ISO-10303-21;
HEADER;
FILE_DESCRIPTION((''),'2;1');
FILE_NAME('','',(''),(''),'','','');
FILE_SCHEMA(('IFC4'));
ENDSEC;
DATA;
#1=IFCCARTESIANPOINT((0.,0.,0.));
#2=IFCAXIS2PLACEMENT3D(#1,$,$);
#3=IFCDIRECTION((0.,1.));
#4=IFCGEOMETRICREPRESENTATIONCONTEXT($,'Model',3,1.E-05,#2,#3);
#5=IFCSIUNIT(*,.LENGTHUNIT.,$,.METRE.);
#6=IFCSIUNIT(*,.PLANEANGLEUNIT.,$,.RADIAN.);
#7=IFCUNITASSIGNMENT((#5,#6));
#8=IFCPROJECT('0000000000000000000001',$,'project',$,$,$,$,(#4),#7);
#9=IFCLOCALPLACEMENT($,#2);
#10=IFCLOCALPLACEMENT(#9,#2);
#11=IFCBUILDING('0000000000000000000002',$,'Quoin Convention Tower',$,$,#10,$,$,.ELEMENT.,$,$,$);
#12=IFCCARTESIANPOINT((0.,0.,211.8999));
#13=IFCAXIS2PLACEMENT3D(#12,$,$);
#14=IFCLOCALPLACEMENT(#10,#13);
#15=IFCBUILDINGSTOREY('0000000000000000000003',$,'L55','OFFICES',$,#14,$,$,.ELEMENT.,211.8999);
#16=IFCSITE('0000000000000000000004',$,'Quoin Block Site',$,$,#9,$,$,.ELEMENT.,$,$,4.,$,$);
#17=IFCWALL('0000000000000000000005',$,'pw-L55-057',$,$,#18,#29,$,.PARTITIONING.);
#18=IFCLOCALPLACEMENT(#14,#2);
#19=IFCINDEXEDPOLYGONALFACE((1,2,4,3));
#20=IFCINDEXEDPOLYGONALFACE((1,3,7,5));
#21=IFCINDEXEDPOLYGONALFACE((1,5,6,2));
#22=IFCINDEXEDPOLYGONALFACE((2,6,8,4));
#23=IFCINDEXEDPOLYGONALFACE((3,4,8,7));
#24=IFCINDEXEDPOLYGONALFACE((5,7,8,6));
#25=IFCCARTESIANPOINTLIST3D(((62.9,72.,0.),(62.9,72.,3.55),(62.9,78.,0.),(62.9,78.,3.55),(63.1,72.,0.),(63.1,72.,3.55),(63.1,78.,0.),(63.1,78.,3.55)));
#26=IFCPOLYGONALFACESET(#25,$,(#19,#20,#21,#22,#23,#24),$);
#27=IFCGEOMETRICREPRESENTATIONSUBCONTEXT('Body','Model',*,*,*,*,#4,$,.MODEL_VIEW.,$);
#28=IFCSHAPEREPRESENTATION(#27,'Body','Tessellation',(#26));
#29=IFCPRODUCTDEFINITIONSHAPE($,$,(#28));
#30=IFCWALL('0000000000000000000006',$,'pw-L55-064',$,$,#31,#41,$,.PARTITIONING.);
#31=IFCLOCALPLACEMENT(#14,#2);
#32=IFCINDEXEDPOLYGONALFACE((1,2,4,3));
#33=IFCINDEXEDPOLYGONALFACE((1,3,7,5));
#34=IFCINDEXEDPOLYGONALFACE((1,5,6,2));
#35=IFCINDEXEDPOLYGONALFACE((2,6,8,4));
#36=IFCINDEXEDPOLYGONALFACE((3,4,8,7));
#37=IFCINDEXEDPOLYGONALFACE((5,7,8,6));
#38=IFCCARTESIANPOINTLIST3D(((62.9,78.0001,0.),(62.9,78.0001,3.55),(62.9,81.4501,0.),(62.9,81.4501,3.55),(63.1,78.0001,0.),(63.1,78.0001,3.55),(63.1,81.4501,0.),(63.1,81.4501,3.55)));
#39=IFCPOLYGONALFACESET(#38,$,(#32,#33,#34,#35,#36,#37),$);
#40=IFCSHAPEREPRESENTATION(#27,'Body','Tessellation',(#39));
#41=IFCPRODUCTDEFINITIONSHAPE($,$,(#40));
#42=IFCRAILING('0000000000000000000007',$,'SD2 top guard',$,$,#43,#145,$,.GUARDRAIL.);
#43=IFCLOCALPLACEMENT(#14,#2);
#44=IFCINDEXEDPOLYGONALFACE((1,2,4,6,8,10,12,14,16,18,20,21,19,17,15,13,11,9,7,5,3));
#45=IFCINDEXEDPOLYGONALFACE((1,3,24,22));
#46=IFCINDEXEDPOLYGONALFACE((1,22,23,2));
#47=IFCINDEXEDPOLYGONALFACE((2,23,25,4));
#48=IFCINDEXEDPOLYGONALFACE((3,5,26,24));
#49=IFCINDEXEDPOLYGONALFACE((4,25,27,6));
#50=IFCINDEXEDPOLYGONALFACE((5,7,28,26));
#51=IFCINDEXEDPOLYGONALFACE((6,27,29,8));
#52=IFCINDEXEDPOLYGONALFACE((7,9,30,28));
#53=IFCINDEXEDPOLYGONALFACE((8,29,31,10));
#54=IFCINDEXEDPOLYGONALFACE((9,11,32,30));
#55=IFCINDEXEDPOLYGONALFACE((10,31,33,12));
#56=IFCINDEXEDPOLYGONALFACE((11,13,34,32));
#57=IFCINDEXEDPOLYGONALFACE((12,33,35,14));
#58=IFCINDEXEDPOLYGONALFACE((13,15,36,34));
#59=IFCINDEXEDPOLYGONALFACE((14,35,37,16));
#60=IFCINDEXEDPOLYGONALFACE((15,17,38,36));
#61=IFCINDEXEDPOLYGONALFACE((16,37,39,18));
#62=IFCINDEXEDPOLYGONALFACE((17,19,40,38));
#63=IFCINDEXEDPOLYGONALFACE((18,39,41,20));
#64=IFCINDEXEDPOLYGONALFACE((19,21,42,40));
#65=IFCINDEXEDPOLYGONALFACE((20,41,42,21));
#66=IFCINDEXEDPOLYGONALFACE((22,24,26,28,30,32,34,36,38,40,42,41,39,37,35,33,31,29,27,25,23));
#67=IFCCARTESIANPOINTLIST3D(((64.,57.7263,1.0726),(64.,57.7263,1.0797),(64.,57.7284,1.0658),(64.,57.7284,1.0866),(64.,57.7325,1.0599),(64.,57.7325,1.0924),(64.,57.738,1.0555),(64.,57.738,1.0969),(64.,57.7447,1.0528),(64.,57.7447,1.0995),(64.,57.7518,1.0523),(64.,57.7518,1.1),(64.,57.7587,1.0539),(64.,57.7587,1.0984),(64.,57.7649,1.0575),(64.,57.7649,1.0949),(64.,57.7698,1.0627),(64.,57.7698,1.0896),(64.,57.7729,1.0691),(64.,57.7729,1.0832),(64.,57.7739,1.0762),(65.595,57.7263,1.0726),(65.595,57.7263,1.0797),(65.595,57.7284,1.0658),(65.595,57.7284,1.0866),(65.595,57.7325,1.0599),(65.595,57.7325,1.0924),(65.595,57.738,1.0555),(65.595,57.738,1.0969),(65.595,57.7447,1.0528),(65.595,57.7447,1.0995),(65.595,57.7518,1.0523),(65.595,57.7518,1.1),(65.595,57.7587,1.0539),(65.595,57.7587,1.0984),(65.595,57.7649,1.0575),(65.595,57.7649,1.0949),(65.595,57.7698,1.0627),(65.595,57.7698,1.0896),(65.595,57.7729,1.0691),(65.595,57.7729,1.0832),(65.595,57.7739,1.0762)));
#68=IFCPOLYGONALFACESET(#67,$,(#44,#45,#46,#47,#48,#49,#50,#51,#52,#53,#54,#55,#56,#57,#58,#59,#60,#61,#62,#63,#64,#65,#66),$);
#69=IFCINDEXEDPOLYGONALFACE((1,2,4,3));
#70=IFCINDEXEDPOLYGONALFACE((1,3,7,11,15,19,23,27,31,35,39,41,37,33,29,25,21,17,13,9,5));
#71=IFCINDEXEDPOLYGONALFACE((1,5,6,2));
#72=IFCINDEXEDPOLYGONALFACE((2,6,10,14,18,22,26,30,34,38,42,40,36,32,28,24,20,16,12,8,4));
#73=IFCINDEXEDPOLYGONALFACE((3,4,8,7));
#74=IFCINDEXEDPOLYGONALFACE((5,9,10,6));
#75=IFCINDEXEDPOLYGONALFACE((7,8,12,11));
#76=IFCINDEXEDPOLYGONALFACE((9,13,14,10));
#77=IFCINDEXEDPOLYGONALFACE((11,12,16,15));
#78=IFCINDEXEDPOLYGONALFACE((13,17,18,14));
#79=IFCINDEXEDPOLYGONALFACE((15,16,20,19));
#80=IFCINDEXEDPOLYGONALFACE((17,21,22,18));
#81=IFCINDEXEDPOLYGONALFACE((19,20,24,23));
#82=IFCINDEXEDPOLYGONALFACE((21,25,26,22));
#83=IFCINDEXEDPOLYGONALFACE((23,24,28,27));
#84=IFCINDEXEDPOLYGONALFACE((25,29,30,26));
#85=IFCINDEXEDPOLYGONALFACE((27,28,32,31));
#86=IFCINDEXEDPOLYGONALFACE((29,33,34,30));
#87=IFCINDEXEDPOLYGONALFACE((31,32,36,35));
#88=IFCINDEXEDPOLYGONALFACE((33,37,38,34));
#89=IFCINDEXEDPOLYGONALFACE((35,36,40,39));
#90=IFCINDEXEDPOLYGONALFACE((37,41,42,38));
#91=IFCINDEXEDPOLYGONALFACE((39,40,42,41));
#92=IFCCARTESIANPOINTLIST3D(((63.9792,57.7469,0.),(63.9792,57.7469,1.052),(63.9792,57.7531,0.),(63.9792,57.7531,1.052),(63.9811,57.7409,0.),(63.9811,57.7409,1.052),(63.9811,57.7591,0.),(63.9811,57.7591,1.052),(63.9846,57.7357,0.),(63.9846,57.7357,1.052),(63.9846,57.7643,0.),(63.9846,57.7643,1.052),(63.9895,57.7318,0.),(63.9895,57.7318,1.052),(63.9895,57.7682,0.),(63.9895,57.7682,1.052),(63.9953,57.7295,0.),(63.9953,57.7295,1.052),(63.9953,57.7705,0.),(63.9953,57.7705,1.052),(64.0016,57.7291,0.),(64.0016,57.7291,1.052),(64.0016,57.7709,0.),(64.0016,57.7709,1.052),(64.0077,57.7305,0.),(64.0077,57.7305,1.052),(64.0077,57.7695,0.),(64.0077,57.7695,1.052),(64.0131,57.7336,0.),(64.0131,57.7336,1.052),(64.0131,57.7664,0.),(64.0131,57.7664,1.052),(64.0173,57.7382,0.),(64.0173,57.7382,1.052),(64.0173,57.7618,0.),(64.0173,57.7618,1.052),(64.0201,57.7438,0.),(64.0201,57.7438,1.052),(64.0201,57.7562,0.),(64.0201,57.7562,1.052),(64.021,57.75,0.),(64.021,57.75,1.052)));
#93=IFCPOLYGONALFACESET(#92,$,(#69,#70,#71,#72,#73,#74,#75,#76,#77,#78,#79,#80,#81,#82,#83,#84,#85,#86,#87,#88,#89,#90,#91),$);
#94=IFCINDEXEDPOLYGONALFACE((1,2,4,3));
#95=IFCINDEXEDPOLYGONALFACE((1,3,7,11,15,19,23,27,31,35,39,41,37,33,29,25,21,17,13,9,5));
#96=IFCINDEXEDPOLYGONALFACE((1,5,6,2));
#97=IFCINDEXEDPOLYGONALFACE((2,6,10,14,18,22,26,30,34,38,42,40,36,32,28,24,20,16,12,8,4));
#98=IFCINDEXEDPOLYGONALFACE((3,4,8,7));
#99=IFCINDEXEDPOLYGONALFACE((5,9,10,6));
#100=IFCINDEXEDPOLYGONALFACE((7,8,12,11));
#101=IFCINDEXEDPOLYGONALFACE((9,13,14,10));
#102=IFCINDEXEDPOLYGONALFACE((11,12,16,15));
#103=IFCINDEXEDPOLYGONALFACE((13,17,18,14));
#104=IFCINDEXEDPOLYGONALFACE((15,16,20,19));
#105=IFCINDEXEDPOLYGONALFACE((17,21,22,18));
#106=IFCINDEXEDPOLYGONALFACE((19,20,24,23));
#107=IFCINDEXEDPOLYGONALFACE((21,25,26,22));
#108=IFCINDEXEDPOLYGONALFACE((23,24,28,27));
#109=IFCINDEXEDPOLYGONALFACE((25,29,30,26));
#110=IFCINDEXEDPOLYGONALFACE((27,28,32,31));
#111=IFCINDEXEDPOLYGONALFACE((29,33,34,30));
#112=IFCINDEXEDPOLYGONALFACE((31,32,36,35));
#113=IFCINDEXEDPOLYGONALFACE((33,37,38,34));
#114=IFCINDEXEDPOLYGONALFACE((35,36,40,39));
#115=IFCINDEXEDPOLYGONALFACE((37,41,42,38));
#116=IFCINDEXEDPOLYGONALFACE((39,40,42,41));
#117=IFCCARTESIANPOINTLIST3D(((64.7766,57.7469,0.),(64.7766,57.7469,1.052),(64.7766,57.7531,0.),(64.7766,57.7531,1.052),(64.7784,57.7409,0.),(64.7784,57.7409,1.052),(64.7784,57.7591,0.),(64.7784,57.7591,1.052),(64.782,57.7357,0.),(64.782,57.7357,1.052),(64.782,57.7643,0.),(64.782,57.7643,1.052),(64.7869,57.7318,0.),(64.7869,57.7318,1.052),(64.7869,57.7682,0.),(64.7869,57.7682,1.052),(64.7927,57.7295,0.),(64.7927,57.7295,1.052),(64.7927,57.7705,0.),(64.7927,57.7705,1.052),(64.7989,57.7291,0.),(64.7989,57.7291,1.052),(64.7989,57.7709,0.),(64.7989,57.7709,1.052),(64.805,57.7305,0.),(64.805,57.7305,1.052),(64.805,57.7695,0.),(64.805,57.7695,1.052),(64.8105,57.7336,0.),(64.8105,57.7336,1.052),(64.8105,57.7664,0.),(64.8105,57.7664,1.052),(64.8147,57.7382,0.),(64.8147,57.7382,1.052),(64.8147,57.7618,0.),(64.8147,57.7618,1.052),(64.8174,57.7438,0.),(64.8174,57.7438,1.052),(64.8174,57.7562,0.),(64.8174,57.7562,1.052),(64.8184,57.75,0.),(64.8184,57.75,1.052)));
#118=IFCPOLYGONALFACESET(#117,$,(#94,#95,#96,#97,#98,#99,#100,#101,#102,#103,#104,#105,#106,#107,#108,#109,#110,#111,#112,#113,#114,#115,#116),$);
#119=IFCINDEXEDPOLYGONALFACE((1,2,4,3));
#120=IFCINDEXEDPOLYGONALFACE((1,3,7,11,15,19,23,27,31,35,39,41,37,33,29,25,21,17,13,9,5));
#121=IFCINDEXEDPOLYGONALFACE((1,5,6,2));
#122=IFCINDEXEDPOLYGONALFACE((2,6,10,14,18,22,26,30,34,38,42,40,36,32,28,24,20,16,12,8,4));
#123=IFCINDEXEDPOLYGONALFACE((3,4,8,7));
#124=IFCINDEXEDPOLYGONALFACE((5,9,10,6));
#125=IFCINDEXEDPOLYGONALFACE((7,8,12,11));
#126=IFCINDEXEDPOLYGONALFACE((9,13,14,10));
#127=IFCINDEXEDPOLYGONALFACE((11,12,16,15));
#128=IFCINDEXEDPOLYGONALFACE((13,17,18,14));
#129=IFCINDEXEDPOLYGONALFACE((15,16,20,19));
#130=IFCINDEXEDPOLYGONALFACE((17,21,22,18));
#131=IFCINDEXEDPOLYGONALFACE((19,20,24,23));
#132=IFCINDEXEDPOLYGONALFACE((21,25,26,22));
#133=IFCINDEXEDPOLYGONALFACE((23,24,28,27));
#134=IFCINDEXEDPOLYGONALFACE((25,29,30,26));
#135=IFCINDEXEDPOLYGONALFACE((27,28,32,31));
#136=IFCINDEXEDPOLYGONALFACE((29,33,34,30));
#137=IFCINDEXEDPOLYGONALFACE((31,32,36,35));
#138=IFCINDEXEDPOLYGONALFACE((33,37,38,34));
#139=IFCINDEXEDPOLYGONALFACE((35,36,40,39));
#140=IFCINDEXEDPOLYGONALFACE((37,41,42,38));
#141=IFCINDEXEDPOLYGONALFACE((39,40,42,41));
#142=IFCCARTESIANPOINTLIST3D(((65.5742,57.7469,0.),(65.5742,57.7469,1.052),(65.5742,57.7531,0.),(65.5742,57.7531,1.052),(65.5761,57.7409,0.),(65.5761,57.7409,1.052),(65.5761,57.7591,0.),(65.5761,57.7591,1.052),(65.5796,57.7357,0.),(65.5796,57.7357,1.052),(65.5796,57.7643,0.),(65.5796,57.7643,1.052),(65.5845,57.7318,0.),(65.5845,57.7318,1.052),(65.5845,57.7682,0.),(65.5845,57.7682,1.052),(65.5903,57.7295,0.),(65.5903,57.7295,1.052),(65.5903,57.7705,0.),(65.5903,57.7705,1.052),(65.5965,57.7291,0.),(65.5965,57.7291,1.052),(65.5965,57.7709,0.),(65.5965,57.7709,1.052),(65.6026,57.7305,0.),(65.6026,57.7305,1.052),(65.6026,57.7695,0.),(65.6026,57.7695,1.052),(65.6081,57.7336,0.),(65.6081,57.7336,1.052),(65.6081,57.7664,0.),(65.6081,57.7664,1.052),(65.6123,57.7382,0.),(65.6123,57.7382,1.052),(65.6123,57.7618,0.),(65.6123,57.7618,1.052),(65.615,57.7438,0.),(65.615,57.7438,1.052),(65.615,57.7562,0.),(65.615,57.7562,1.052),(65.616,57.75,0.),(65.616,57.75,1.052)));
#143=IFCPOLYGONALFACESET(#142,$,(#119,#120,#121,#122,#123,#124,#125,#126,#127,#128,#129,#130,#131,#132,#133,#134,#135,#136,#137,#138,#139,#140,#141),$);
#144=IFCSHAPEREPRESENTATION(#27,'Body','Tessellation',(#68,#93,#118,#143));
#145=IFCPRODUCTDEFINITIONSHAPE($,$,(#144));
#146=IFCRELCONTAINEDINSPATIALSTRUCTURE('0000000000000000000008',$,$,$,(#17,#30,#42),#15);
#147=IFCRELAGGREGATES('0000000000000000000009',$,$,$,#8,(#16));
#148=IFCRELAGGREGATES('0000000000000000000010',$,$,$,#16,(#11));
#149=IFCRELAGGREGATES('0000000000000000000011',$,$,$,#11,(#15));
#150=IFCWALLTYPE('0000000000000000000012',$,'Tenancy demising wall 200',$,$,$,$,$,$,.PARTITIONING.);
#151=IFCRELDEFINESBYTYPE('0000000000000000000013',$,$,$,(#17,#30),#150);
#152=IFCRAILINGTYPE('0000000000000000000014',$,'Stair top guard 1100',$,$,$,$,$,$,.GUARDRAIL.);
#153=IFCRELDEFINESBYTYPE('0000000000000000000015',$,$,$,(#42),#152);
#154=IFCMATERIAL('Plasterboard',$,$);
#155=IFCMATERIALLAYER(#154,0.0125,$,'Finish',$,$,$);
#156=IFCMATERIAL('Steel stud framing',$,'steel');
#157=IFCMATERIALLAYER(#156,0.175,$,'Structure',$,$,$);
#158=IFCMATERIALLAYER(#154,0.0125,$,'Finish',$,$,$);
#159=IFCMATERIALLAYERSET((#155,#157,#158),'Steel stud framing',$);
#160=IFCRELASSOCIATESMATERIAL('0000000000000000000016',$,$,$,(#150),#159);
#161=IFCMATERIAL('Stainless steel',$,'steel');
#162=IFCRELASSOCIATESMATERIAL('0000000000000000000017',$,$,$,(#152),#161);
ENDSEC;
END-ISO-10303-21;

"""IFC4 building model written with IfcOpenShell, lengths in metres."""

from ifc_helpers import new_model, si_unit, direction, frame, frame_2d, origin, origin_2d, place, context, subcontext, project, spatial, rectangle, circle, extrude, material, layer, layer_set, type_object, element, save


model = new_model("IFC4")

# Units and contexts
model_context = context("Model", 3, precision=1e-05, world=origin(), true_north=direction((0.0, 1.0)))
body_context = subcontext(model_context, "Body", "Model", "MODEL_VIEW")
ifc_project = project(units=[si_unit("LENGTHUNIT", "METRE"), si_unit("PLANEANGLEUNIT", "RADIAN")], contexts=[model_context])

# Site, building, storey
site_placement = place(None, origin())
site = spatial("IfcSite", under=ifc_project, at=site_placement, Name="Quoin Block Site", CompositionType="ELEMENT", RefElevation=4.0)
building_placement = place(site_placement, origin())
building = spatial("IfcBuilding", under=site, at=building_placement, Name="Quoin Convention Tower", CompositionType="ELEMENT")
storey_placement = place(building_placement, frame((0.0, 0.0, 211.8999)))
storey = spatial("IfcBuildingStorey", under=building, at=storey_placement, Name="L55", Description="OFFICES", CompositionType="ELEMENT", Elevation=211.8999)

# Shared definitions
ifc_material_1 = material(Name="Plasterboard")
ifc_material_2 = material(Name="Steel stud framing", Category="steel")

# Walls
ifc_layer_1 = layer(ifc_material_1, 0.0125, Name="Finish")
ifc_layer_2 = layer(ifc_material_2, 0.175, Name="Structure")
ifc_layer_3 = layer(ifc_material_1, 0.0125, Name="Finish")
ifc_layer_set_1 = layer_set([ifc_layer_1, ifc_layer_2, ifc_layer_3], Name="Steel stud framing")
wall_type_1 = type_object("IfcWallType", Name="Tenancy demising wall 200", PredefinedType="PARTITIONING", material=ifc_layer_set_1)
wall_1_placement = place(storey_placement, frame((63.0, 72.0, 0.0), z_axis=(0.0, 0.0, 1.0), x_axis=(0.0, 1.0, 0.0)))
element("IfcWall", 1, at=wall_1_placement, inside=storey, type_object=wall_type_1, Name="pw-L55-057", PredefinedType="PARTITIONING", context=body_context, shape_type="SweptSolid", body=[
    extrude(rectangle(XDim=6.0, YDim=0.2, at=frame_2d((3.0, 0.0))), origin(), (0.0, 0.0, 1.0), 3.55),
])
wall_2_placement = place(storey_placement, frame((63.0, 78.0, 0.0), z_axis=(0.0, 0.0, 1.0), x_axis=(0.0, 1.0, 0.0)))
element("IfcWall", 2, at=wall_2_placement, inside=storey, type_object=wall_type_1, Name="pw-L55-064", PredefinedType="PARTITIONING", context=body_context, shape_type="SweptSolid", body=[
    extrude(rectangle(XDim=3.45, YDim=0.2, at=frame_2d((1.7251, 0.0))), origin(), (0.0, 0.0, 1.0), 3.55),
])

# Railing
ifc_material_3 = material(Name="Stainless steel", Category="steel")
railing_type = type_object("IfcRailingType", Name="Stair top guard 1100", PredefinedType="GUARDRAIL", material=ifc_material_3)
railing_placement = place(storey_placement, frame((64.0, 57.75, 0.0)))
element("IfcRailing", 3, at=railing_placement, inside=storey, type_object=railing_type, Name="SD2 top guard", PredefinedType="GUARDRAIL", context=body_context, shape_type="SweptSolid", body=[
    extrude(circle(Radius=0.0239, at=origin_2d()), frame((0.0, 0.0, 1.0762), z_axis=(1.0, 0.0, 0.0), x_axis=(0.0, 1.0, 0.0)), (0.0, 0.0, 1.0), 1.595),
    extrude(circle(Radius=0.021, at=origin_2d()), origin(), (0.0, 0.0, 1.0), 1.052),
    extrude(circle(Radius=0.021, at=origin_2d()), frame((0.7974, 0.0, 0.0)), (0.0, 0.0, 1.0), 1.052),
    extrude(circle(Radius=0.021, at=origin_2d()), frame((1.595, 0.0, 0.0)), (0.0, 0.0, 1.0), 1.052),
])

save(model, "model.ifc")
